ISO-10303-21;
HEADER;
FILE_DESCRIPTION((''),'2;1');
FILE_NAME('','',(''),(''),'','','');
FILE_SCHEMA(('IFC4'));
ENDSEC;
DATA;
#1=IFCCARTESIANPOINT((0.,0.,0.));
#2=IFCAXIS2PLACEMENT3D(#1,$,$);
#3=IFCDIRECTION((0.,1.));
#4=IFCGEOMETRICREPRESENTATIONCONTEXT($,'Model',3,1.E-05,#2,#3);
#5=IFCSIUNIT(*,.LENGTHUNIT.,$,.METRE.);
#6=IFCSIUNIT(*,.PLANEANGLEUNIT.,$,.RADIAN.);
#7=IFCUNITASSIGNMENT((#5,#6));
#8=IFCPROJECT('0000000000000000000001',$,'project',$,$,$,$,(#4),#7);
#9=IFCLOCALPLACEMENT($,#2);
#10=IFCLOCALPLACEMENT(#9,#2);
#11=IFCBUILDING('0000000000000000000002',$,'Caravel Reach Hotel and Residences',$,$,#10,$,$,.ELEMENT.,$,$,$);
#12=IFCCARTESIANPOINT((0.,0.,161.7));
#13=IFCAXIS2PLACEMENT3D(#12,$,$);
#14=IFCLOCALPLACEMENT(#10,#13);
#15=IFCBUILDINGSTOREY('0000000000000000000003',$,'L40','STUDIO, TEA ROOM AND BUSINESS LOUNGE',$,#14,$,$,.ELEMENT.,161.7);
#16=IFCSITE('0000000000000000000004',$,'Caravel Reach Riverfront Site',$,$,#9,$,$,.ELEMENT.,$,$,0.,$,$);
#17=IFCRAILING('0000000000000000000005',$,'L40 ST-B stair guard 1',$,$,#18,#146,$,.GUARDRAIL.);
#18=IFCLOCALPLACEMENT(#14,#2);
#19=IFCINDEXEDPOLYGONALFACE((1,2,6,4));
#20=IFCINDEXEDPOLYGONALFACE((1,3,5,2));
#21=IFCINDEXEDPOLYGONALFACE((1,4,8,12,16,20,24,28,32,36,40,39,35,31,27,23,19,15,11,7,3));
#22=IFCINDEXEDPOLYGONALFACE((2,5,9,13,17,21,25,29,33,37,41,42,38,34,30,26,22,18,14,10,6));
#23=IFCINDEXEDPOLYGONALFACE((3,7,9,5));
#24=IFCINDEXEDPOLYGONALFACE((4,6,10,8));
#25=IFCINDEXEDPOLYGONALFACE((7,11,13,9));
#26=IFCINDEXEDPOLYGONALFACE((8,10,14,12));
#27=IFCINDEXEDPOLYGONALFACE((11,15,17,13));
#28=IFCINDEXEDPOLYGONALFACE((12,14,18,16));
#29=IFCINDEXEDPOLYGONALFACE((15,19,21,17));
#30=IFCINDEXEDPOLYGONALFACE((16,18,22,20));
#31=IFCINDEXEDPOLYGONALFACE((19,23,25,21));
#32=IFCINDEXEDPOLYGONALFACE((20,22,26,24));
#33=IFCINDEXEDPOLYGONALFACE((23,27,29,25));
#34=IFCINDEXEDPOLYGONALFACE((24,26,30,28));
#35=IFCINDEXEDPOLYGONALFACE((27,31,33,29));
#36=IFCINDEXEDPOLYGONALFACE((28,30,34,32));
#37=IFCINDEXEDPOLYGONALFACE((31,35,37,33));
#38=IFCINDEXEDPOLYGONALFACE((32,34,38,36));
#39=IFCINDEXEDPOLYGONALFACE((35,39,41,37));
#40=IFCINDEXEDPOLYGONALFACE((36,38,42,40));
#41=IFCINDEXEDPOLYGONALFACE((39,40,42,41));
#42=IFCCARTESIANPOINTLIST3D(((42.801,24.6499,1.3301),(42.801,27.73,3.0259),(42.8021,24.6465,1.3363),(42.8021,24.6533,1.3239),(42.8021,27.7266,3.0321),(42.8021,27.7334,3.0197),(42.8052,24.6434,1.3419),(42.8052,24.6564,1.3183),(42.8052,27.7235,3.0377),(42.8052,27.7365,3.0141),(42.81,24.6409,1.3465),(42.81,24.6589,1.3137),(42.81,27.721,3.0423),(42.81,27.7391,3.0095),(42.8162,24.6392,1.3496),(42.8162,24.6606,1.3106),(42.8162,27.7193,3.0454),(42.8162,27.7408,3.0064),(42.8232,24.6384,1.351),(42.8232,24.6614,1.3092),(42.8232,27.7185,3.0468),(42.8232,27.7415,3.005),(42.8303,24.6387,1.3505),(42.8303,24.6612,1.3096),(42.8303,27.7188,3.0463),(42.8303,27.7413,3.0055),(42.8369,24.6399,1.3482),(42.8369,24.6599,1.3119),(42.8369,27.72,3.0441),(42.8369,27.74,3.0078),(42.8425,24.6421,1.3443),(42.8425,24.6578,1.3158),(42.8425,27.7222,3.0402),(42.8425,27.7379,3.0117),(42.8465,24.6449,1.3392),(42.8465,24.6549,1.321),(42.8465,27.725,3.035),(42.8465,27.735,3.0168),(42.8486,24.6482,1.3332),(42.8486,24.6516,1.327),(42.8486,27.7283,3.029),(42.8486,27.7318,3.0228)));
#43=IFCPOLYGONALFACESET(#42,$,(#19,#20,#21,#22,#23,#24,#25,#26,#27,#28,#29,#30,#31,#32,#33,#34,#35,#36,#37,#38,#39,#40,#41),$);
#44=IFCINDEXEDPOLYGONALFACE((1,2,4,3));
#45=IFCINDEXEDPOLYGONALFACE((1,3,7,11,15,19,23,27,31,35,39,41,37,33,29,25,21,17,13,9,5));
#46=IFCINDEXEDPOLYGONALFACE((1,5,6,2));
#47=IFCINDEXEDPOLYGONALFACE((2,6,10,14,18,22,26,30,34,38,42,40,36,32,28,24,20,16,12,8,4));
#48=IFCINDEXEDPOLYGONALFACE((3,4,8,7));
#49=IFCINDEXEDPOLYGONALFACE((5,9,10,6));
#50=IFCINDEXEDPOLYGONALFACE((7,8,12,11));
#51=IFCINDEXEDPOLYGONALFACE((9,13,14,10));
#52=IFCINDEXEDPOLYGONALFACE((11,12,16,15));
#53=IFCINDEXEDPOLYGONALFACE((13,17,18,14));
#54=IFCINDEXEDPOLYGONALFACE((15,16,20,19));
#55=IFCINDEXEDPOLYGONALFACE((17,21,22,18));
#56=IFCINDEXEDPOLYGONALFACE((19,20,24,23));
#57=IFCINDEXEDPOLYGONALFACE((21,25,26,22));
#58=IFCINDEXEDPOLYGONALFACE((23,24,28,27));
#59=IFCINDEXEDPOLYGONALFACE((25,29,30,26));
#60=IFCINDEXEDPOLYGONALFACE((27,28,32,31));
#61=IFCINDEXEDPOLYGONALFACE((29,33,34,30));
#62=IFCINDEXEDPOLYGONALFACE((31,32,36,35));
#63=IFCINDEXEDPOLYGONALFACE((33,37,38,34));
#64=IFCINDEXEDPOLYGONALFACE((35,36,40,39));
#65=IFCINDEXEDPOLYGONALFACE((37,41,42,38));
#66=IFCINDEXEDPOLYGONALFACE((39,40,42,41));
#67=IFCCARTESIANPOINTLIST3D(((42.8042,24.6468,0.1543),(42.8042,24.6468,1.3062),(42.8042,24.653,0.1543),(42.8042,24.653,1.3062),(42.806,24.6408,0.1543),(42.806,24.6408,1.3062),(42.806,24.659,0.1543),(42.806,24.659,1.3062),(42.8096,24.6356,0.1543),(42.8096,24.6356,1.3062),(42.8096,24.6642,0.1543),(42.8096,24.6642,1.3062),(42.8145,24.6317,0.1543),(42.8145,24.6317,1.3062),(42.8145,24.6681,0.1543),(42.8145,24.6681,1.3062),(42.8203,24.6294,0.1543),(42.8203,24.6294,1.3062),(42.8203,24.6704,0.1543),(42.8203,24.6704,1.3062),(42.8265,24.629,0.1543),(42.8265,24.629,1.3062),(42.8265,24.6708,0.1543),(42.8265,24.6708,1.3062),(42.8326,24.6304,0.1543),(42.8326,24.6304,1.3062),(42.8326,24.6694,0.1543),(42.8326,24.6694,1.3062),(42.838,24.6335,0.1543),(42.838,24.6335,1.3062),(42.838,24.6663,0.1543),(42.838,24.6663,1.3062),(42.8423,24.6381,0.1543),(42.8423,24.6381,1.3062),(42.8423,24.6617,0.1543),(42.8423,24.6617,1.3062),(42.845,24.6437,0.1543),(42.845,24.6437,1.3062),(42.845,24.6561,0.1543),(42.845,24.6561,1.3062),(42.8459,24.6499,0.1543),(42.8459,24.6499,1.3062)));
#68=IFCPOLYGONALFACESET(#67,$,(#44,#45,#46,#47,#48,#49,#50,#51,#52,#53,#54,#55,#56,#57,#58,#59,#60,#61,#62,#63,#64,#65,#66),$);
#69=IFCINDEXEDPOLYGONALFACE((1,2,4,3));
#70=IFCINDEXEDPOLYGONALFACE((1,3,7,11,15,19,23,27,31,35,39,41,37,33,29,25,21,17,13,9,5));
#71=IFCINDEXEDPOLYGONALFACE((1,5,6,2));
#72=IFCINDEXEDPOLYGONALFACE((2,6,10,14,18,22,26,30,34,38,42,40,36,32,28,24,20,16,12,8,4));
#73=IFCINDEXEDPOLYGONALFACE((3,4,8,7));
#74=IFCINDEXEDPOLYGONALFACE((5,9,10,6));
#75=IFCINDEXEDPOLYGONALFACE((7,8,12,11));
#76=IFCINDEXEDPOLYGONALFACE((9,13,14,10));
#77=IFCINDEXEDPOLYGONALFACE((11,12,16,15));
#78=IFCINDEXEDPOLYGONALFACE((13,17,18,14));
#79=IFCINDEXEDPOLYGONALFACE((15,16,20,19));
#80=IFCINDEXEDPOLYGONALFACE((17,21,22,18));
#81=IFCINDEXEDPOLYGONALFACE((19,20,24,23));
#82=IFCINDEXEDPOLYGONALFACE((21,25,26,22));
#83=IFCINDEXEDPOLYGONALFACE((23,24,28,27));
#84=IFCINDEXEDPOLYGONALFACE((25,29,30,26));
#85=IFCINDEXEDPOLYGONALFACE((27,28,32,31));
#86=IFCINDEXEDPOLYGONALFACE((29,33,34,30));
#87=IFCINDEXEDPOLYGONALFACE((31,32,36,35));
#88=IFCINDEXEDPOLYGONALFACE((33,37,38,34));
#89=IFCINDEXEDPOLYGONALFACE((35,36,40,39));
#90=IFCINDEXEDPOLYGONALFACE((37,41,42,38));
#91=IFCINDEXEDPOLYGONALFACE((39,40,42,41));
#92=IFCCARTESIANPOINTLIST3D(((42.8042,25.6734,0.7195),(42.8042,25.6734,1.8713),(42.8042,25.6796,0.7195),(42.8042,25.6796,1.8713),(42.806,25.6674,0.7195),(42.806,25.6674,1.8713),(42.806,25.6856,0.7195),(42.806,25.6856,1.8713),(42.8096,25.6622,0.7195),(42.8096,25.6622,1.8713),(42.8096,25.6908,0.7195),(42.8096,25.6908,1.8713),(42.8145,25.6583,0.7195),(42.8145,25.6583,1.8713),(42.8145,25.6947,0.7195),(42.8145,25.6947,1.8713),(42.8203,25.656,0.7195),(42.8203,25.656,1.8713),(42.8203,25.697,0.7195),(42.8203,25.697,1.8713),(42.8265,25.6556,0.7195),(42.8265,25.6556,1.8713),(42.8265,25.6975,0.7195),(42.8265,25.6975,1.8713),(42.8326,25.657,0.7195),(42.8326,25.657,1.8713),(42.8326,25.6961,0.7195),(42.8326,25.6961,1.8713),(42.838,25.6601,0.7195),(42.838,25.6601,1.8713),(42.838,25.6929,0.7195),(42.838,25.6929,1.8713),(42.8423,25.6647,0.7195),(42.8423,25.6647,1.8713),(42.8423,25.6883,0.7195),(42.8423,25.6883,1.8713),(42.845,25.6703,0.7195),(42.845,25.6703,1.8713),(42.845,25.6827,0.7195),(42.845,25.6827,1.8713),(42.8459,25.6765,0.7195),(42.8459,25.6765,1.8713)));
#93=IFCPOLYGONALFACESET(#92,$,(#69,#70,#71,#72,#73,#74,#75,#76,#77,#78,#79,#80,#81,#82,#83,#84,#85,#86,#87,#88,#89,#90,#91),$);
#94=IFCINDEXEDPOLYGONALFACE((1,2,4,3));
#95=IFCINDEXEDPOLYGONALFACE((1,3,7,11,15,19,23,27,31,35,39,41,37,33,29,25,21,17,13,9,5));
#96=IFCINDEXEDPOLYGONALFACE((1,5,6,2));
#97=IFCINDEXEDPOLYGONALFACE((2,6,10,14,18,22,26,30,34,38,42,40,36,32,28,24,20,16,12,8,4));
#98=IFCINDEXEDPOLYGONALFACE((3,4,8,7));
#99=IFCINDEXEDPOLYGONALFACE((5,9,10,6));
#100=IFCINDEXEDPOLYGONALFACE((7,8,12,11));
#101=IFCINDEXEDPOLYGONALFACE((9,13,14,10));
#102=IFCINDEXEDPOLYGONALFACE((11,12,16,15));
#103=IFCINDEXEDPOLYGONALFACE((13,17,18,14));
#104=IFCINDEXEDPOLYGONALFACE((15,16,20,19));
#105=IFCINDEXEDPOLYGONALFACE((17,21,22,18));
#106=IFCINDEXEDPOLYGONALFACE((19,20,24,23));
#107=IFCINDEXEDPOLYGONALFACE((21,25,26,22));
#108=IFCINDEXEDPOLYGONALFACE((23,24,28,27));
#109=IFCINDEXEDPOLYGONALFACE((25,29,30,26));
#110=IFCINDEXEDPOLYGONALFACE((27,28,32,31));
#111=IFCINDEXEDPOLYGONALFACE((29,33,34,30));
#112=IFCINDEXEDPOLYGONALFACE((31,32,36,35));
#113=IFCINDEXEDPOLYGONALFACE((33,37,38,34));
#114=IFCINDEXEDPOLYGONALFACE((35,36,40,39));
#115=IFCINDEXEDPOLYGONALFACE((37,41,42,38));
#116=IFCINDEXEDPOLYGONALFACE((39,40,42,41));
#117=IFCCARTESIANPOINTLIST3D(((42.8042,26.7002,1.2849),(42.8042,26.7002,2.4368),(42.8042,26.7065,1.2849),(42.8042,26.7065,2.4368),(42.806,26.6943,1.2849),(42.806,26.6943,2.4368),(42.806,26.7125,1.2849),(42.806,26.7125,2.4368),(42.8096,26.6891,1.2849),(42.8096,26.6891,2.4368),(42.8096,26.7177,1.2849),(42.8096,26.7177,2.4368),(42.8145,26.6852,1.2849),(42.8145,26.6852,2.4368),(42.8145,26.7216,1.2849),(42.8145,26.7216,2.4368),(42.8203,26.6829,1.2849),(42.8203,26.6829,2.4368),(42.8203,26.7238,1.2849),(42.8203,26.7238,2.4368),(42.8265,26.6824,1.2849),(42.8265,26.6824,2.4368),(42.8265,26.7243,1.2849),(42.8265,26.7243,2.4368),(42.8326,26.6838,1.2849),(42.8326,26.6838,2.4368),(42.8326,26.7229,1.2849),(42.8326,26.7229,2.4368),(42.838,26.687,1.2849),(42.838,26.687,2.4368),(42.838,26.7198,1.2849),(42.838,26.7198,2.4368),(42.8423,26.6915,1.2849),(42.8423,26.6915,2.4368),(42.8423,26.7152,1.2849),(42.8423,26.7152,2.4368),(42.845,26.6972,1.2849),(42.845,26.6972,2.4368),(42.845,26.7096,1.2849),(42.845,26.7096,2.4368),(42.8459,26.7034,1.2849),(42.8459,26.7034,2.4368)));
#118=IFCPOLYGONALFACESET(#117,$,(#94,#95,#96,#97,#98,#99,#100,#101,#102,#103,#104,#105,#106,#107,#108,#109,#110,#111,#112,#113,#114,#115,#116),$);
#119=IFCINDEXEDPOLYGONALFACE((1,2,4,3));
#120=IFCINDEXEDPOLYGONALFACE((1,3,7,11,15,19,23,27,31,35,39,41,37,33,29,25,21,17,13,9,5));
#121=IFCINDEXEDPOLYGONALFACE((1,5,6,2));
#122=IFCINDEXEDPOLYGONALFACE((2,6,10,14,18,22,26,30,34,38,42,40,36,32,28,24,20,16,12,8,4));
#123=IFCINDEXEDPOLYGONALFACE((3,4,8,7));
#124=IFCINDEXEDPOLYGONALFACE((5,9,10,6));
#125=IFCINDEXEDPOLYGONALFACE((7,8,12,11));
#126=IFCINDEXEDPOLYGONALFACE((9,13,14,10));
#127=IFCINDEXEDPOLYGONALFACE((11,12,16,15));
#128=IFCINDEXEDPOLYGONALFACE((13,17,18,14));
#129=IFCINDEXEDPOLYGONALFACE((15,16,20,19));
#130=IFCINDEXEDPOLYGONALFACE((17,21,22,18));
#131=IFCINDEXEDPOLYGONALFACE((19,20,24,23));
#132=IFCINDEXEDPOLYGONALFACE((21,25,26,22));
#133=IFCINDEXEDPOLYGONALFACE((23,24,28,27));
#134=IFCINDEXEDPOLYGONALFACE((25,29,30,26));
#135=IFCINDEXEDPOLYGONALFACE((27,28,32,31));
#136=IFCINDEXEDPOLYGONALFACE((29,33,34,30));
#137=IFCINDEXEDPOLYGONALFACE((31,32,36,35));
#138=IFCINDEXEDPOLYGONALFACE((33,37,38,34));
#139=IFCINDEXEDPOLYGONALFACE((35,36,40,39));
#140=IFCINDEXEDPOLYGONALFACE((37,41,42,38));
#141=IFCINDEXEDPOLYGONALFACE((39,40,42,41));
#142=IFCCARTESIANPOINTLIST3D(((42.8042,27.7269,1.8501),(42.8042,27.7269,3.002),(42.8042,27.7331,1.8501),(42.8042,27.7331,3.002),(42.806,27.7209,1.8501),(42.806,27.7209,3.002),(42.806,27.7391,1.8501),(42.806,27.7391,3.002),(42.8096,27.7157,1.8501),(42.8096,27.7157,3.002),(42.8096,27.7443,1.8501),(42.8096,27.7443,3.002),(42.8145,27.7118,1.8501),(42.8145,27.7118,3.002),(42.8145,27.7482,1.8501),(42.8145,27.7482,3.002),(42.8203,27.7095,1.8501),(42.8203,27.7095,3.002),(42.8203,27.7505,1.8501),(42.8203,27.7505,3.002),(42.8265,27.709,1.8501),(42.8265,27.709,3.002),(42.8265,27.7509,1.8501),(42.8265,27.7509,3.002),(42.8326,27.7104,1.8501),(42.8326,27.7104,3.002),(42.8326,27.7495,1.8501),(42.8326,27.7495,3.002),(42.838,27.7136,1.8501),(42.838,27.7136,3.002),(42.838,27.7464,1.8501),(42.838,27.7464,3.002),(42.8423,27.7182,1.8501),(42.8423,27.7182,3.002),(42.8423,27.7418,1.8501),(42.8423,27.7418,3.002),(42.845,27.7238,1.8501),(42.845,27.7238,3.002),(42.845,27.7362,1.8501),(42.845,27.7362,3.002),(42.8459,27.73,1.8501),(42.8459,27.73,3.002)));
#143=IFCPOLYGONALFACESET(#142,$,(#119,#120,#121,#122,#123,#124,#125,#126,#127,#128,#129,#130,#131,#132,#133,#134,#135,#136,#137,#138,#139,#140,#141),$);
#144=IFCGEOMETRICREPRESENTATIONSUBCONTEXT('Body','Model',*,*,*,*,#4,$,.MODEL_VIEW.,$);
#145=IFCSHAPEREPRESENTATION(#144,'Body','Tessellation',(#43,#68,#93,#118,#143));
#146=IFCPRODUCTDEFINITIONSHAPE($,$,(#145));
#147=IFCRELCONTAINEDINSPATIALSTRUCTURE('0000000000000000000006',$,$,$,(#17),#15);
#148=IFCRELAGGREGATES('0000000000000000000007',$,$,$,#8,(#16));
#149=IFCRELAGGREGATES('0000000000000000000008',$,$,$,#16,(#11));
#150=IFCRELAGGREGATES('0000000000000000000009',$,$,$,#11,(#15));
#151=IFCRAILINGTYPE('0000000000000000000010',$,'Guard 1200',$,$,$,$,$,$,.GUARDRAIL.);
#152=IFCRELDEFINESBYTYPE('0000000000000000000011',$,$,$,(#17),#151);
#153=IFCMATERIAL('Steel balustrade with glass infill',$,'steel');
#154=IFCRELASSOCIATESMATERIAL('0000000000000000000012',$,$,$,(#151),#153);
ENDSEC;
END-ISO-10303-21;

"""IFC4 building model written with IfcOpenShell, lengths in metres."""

from ifc_helpers import new_model, si_unit, direction, frame, origin, origin_2d, place, context, subcontext, project, spatial, circle, extrude, material, type_object, element, save


model = new_model("IFC4")

# Units and contexts
model_context = context("Model", 3, precision=1e-05, world=origin(), true_north=direction((0.0, 1.0)))
body_context = subcontext(model_context, "Body", "Model", "MODEL_VIEW")
ifc_project = project(units=[si_unit("LENGTHUNIT", "METRE"), si_unit("PLANEANGLEUNIT", "RADIAN")], contexts=[model_context])

# Site, building, storey
site_placement = place(None, origin())
site = spatial("IfcSite", under=ifc_project, at=site_placement, Name="Caravel Reach Riverfront Site", CompositionType="ELEMENT", RefElevation=0.0)
building_placement = place(site_placement, origin())
building = spatial("IfcBuilding", under=site, at=building_placement, Name="Caravel Reach Hotel and Residences", CompositionType="ELEMENT")
storey_placement = place(building_placement, frame((0.0, 0.0, 161.7)))
storey = spatial("IfcBuildingStorey", under=building, at=storey_placement, Name="L40", Description="STUDIO, TEA ROOM AND BUSINESS LOUNGE", CompositionType="ELEMENT", Elevation=161.7)

# Railing
ifc_material_1 = material(Name="Steel balustrade with glass infill", Category="steel")
railing_type_1 = type_object("IfcRailingType", Name="Guard 1200", PredefinedType="GUARDRAIL", material=ifc_material_1)
railing_1_placement = place(storey_placement, frame((42.825, 24.6499, 0.1543)))
element("IfcRailing", 1, at=railing_1_placement, inside=storey, type_object=railing_type_1, Name="L40 ST-B stair guard 1", PredefinedType="GUARDRAIL", context=body_context, shape_type="SweptSolid", body=[
    extrude(circle(Radius=0.0239, at=origin_2d()), frame((0.0, 0.0, 1.1758), z_axis=(0.0, 0.876005, 0.482303), x_axis=(-1.0, 0.0, 0.0)), (0.0, 0.0, 1.0), 3.5161),
    extrude(circle(Radius=0.021, at=origin_2d()), origin(), (0.0, 0.0, 1.0), 1.1519),
    extrude(circle(Radius=0.021, at=origin_2d()), frame((0.0, 1.0266, 0.5652)), (0.0, 0.0, 1.0), 1.1519),
    extrude(circle(Radius=0.021, at=origin_2d()), frame((0.0, 2.0535, 1.1306)), (0.0, 0.0, 1.0), 1.1519),
    extrude(circle(Radius=0.021, at=origin_2d()), frame((0.0, 3.0801, 1.6958)), (0.0, 0.0, 1.0), 1.1519),
])

save(model, "model.ifc")
